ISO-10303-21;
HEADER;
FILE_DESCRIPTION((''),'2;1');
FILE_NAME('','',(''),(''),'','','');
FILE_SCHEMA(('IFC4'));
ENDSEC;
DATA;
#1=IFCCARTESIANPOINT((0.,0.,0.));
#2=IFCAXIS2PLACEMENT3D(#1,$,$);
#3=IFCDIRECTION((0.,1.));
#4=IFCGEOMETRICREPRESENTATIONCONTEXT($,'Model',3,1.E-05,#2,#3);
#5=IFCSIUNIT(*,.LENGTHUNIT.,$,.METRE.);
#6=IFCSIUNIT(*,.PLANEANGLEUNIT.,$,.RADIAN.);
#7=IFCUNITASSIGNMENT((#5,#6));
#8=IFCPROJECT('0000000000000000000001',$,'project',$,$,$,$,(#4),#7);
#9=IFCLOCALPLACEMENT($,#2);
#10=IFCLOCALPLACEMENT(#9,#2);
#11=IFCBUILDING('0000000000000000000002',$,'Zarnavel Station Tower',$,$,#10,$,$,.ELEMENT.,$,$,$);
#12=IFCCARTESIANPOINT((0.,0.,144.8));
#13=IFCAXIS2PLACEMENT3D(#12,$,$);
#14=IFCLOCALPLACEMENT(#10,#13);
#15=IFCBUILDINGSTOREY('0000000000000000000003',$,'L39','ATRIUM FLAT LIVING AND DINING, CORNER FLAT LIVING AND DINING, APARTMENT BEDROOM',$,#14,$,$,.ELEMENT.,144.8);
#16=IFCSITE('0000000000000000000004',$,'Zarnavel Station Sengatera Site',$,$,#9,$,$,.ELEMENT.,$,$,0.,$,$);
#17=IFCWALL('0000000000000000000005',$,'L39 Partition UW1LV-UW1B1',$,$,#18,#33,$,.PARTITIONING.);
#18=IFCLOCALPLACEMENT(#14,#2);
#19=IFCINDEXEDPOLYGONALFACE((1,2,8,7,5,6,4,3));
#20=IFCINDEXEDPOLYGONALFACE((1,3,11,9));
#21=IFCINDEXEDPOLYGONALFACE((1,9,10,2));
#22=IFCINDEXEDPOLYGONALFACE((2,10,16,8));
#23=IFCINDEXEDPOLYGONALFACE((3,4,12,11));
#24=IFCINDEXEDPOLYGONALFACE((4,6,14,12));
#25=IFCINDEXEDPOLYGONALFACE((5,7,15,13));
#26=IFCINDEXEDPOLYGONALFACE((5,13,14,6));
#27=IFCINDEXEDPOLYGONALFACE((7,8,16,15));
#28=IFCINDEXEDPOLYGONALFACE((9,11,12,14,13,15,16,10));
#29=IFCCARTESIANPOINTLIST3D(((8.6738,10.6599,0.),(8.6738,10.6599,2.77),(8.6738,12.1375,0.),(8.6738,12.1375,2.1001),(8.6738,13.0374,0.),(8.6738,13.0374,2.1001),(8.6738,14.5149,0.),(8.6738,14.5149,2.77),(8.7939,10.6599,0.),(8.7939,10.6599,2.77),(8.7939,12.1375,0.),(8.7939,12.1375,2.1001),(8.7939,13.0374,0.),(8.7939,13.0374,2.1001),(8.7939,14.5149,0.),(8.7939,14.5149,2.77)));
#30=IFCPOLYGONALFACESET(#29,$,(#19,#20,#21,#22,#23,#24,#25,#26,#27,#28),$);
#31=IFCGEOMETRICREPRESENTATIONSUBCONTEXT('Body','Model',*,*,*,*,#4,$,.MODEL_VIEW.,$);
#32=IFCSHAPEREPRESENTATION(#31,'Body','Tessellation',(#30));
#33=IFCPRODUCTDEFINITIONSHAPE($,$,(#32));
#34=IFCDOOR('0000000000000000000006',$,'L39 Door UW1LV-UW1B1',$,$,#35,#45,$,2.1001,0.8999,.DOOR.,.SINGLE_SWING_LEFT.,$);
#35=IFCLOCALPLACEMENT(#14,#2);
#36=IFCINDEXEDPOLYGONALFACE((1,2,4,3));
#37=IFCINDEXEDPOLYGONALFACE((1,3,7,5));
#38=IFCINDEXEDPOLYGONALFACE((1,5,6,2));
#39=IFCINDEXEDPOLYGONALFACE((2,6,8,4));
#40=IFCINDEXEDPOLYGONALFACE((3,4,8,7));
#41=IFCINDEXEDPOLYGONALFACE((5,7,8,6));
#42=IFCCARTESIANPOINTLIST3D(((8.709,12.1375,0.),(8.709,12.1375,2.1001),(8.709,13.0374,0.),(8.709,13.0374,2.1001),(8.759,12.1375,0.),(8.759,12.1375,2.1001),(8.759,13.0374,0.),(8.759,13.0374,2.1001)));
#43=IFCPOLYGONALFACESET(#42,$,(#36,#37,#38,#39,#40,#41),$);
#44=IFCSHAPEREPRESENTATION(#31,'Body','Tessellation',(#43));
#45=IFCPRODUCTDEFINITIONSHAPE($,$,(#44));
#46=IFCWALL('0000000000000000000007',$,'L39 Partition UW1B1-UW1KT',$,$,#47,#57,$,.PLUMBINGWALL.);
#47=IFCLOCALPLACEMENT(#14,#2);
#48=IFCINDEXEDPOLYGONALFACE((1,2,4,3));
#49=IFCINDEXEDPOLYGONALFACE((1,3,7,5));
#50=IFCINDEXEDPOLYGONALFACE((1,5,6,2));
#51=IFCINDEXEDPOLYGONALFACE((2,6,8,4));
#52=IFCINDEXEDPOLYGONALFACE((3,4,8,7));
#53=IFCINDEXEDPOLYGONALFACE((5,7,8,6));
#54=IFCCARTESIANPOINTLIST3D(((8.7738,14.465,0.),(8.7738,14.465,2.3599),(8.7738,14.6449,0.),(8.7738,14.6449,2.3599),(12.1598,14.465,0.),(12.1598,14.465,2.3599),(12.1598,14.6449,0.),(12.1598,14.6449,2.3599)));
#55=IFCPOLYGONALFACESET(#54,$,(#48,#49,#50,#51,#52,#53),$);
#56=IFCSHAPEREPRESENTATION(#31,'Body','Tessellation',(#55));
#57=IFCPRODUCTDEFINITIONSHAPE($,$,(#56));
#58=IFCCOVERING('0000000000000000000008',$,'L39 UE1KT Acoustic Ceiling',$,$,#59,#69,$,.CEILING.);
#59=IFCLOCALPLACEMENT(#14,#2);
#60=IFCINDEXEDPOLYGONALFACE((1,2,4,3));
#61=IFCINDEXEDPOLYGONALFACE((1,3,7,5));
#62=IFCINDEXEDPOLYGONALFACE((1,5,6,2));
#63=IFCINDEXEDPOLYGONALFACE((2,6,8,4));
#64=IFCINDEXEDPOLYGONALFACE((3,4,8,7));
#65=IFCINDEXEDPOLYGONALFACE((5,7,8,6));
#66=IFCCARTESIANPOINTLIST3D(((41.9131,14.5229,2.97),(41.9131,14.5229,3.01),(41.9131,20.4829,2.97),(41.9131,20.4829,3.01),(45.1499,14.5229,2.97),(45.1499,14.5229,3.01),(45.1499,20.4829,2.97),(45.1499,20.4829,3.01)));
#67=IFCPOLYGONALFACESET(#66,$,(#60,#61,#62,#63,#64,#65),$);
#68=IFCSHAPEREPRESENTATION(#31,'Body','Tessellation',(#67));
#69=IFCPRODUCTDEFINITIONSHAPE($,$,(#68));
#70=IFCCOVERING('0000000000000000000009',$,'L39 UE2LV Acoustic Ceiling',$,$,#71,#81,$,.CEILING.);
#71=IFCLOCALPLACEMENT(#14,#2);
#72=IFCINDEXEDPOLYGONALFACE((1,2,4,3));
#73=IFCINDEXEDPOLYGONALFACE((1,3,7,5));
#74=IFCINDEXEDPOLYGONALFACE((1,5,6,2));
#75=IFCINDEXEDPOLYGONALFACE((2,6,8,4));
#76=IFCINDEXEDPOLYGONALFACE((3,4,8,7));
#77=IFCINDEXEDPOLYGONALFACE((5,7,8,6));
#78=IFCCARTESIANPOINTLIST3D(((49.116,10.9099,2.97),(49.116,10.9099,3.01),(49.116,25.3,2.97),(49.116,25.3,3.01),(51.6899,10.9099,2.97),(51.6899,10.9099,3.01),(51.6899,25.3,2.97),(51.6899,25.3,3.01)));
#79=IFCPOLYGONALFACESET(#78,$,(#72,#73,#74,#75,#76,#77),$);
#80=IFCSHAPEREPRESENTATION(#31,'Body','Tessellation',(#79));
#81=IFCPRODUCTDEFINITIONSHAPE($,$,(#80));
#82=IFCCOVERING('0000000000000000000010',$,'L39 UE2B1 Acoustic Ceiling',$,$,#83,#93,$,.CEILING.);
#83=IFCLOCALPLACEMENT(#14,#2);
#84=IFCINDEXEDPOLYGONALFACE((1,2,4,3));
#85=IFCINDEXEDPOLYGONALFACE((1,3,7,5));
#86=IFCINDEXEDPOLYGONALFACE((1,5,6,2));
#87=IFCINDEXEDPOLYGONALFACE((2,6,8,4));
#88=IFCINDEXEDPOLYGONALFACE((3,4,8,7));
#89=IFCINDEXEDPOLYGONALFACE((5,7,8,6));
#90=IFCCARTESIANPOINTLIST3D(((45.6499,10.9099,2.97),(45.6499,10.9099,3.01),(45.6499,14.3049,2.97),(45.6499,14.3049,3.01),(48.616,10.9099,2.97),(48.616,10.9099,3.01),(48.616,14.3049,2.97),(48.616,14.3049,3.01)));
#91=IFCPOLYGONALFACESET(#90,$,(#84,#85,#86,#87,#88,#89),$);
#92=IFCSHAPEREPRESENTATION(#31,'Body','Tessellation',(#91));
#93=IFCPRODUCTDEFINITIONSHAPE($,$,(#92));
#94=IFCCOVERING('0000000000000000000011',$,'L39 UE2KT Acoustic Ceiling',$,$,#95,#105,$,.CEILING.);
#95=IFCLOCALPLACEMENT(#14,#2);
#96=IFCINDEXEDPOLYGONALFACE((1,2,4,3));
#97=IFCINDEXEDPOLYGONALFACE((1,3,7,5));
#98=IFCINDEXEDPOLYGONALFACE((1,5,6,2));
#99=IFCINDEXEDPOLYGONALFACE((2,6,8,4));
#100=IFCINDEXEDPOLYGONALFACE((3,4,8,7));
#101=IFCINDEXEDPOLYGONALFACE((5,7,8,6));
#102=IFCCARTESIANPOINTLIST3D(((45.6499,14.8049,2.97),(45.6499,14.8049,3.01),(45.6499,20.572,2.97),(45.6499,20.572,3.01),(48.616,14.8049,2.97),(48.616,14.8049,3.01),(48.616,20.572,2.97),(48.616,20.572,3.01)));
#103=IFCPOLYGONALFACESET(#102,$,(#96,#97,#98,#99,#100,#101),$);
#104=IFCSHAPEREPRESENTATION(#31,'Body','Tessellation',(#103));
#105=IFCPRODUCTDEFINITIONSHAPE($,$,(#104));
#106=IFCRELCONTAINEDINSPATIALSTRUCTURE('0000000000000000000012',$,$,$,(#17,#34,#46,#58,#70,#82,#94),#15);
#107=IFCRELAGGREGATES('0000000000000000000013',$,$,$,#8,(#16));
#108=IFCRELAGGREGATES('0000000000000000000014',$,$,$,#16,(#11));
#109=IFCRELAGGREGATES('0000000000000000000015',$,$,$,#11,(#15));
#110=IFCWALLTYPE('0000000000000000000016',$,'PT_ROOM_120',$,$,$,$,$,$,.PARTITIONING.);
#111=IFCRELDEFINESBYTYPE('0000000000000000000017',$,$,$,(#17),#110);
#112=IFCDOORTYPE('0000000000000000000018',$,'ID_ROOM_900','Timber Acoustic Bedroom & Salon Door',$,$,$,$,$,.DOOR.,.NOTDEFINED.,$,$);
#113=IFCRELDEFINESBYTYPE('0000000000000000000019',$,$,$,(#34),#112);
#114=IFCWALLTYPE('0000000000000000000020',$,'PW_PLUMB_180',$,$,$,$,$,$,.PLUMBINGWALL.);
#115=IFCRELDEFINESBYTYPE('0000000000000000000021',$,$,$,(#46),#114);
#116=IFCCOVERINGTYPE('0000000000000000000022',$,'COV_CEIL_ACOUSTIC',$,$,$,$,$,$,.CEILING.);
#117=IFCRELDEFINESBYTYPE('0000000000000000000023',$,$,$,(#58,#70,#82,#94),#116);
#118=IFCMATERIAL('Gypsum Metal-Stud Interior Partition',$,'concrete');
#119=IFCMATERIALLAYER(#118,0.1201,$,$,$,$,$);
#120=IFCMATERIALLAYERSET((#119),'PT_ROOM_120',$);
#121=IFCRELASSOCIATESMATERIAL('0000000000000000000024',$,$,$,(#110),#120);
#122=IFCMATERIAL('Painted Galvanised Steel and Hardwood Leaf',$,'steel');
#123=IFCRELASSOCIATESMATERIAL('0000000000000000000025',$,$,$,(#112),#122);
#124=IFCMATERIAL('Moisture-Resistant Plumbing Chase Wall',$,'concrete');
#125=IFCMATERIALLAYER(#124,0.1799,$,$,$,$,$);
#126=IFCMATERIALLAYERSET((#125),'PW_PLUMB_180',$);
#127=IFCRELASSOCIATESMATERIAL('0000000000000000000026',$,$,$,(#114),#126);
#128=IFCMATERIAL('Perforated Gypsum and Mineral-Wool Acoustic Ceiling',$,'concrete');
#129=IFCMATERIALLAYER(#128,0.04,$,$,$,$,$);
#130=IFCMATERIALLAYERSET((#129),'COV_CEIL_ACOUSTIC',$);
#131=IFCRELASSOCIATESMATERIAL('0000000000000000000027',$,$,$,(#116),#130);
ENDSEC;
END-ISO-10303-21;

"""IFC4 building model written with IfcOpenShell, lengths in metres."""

from ifc_helpers import new_model, si_unit, direction, frame, frame_2d, origin, place, context, subcontext, project, spatial, polyline, rectangle, outline, extrude, material, layer, layer_set, type_object, element, fill, save


model = new_model("IFC4")

# Units and contexts
model_context = context("Model", 3, precision=1e-05, world=origin(), true_north=direction((0.0, 1.0)))
body_context = subcontext(model_context, "Body", "Model", "MODEL_VIEW")
ifc_project = project(units=[si_unit("LENGTHUNIT", "METRE"), si_unit("PLANEANGLEUNIT", "RADIAN")], contexts=[model_context])

# Site, building, storey
site_placement = place(None, origin())
site = spatial("IfcSite", under=ifc_project, at=site_placement, Name="Zarnavel Station Sengatera Site", CompositionType="ELEMENT", RefElevation=0.0)
building_placement = place(site_placement, origin())
building = spatial("IfcBuilding", under=site, at=building_placement, Name="Zarnavel Station Tower", CompositionType="ELEMENT")
storey_placement = place(building_placement, frame((0.0, 0.0, 144.8)))
storey = spatial("IfcBuildingStorey", under=building, at=storey_placement, Name="L39", Description="ATRIUM FLAT LIVING AND DINING, CORNER FLAT LIVING AND DINING, APARTMENT BEDROOM", CompositionType="ELEMENT", Elevation=144.8)

# Wall, opening, door
ifc_material_1 = material(Name="Gypsum Metal-Stud Interior Partition", Category="concrete")
ifc_layer_1 = layer(ifc_material_1, 0.1201)
ifc_layer_set_1 = layer_set([ifc_layer_1], Name="PT_ROOM_120")
wall_type_1 = type_object("IfcWallType", Name="PT_ROOM_120", PredefinedType="PARTITIONING", material=ifc_layer_set_1)
wall_1_placement = place(storey_placement, frame((8.7339, 10.6599, 0.0), z_axis=(0.0, 0.0, 1.0), x_axis=(0.0, 1.0, 0.0)))
wall_1 = element("IfcWall", 1, at=wall_1_placement, inside=storey, type_object=wall_type_1, Name="L39 Partition UW1LV-UW1B1", PredefinedType="PARTITIONING", context=body_context, shape_type="SweptSolid", body=[
    extrude(rectangle(XDim=3.855, YDim=0.1201, at=frame_2d((1.9275, 0.0))), origin(), (0.0, 0.0, 1.0), 2.77),
])
opening_1_placement = place(wall_1_placement, frame((1.4775, 0.0, 0.0)))
opening_1 = element("IfcOpeningElement", 2, at=opening_1_placement, cuts=wall_1, PredefinedType="OPENING", context=body_context, shape_type="SweptSolid", body=[
    extrude(rectangle(XDim=0.8999, YDim=2.1001, at=frame_2d((0.45, 1.05))), frame((0.0, 0.0701, 0.0), z_axis=(0.0, -1.0, 0.0), x_axis=(1.0, 0.0, 0.0)), (0.0, 0.0, 1.0), 0.1401),
])
ifc_material_2 = material(Name="Painted Galvanised Steel and Hardwood Leaf", Category="steel")
door_type_1 = type_object("IfcDoorType", Name="ID_ROOM_900", Description="Timber Acoustic Bedroom & Salon Door", OperationType="NOTDEFINED", PredefinedType="DOOR", material=ifc_material_2)
door_1_placement = place(opening_1_placement, origin())
door_1 = element("IfcDoor", 3, at=door_1_placement, inside=storey, type_object=door_type_1, Name="L39 Door UW1LV-UW1B1", OperationType="SINGLE_SWING_LEFT", OverallHeight=2.1001, OverallWidth=0.8999, PredefinedType="DOOR", context=body_context, shape_type="SweptSolid", body=[
    extrude(rectangle(XDim=0.8999, YDim=2.1001, at=frame_2d((0.45, 1.05))), frame((0.0, 0.0249, 0.0), z_axis=(0.0, -1.0, 0.0), x_axis=(1.0, 0.0, 0.0)), (0.0, 0.0, 1.0), 0.05),
])
fill(opening_1, door_1)
ifc_material_3 = material(Name="Moisture-Resistant Plumbing Chase Wall", Category="concrete")
ifc_layer_2 = layer(ifc_material_3, 0.1799)
ifc_layer_set_2 = layer_set([ifc_layer_2], Name="PW_PLUMB_180")
wall_type_2 = type_object("IfcWallType", Name="PW_PLUMB_180", PredefinedType="PLUMBINGWALL", material=ifc_layer_set_2)

# Wall
wall_2_placement = place(storey_placement, frame((8.7739, 14.5549, 0.0), z_axis=(0.0, 0.0, 1.0), x_axis=(1.0, 0.0, 0.0)))
element("IfcWall", 4, at=wall_2_placement, inside=storey, type_object=wall_type_2, Name="L39 Partition UW1B1-UW1KT", PredefinedType="PLUMBINGWALL", context=body_context, shape_type="SweptSolid", body=[
    extrude(rectangle(XDim=3.386, YDim=0.1799, at=frame_2d((1.6929, 0.0))), origin(), (0.0, 0.0, 1.0), 2.3599),
])

# Coverings
ifc_material_4 = material(Name="Perforated Gypsum and Mineral-Wool Acoustic Ceiling", Category="concrete")
ifc_layer_3 = layer(ifc_material_4, 0.04)
ifc_layer_set_3 = layer_set([ifc_layer_3], Name="COV_CEIL_ACOUSTIC")
covering_type = type_object("IfcCoveringType", Name="COV_CEIL_ACOUSTIC", PredefinedType="CEILING", material=ifc_layer_set_3)
covering_1_placement = place(storey_placement, frame((0.0, 0.0, 2.97)))
element("IfcCovering", 5, at=covering_1_placement, inside=storey, type_object=covering_type, Name="L39 UE1KT Acoustic Ceiling", PredefinedType="CEILING", context=body_context, shape_type="SweptSolid", body=[
    extrude(outline(polyline([(41.9131, 14.5229), (45.1499, 14.5229), (45.1499, 20.4829), (41.9131, 20.4829), (41.9131, 14.5229)])), origin(), (0.0, 0.0, 1.0), 0.04),
])
covering_2_placement = place(storey_placement, frame((0.0, 0.0, 2.97)))
element("IfcCovering", 6, at=covering_2_placement, inside=storey, type_object=covering_type, Name="L39 UE2LV Acoustic Ceiling", PredefinedType="CEILING", context=body_context, shape_type="SweptSolid", body=[
    extrude(outline(polyline([(49.116, 10.9099), (51.6899, 10.9099), (51.6899, 25.3), (49.116, 25.3), (49.116, 10.9099)])), origin(), (0.0, 0.0, 1.0), 0.04),
])
covering_3_placement = place(storey_placement, frame((0.0, 0.0, 2.97)))
element("IfcCovering", 7, at=covering_3_placement, inside=storey, type_object=covering_type, Name="L39 UE2B1 Acoustic Ceiling", PredefinedType="CEILING", context=body_context, shape_type="SweptSolid", body=[
    extrude(outline(polyline([(45.6499, 10.9099), (48.616, 10.9099), (48.616, 14.3049), (45.6499, 14.3049), (45.6499, 10.9099)])), origin(), (0.0, 0.0, 1.0), 0.04),
])
covering_4_placement = place(storey_placement, frame((0.0, 0.0, 2.97)))
element("IfcCovering", 8, at=covering_4_placement, inside=storey, type_object=covering_type, Name="L39 UE2KT Acoustic Ceiling", PredefinedType="CEILING", context=body_context, shape_type="SweptSolid", body=[
    extrude(outline(polyline([(45.6499, 14.8049), (48.616, 14.8049), (48.616, 20.572), (45.6499, 20.572), (45.6499, 14.8049)])), origin(), (0.0, 0.0, 1.0), 0.04),
])

save(model, "model.ifc")
